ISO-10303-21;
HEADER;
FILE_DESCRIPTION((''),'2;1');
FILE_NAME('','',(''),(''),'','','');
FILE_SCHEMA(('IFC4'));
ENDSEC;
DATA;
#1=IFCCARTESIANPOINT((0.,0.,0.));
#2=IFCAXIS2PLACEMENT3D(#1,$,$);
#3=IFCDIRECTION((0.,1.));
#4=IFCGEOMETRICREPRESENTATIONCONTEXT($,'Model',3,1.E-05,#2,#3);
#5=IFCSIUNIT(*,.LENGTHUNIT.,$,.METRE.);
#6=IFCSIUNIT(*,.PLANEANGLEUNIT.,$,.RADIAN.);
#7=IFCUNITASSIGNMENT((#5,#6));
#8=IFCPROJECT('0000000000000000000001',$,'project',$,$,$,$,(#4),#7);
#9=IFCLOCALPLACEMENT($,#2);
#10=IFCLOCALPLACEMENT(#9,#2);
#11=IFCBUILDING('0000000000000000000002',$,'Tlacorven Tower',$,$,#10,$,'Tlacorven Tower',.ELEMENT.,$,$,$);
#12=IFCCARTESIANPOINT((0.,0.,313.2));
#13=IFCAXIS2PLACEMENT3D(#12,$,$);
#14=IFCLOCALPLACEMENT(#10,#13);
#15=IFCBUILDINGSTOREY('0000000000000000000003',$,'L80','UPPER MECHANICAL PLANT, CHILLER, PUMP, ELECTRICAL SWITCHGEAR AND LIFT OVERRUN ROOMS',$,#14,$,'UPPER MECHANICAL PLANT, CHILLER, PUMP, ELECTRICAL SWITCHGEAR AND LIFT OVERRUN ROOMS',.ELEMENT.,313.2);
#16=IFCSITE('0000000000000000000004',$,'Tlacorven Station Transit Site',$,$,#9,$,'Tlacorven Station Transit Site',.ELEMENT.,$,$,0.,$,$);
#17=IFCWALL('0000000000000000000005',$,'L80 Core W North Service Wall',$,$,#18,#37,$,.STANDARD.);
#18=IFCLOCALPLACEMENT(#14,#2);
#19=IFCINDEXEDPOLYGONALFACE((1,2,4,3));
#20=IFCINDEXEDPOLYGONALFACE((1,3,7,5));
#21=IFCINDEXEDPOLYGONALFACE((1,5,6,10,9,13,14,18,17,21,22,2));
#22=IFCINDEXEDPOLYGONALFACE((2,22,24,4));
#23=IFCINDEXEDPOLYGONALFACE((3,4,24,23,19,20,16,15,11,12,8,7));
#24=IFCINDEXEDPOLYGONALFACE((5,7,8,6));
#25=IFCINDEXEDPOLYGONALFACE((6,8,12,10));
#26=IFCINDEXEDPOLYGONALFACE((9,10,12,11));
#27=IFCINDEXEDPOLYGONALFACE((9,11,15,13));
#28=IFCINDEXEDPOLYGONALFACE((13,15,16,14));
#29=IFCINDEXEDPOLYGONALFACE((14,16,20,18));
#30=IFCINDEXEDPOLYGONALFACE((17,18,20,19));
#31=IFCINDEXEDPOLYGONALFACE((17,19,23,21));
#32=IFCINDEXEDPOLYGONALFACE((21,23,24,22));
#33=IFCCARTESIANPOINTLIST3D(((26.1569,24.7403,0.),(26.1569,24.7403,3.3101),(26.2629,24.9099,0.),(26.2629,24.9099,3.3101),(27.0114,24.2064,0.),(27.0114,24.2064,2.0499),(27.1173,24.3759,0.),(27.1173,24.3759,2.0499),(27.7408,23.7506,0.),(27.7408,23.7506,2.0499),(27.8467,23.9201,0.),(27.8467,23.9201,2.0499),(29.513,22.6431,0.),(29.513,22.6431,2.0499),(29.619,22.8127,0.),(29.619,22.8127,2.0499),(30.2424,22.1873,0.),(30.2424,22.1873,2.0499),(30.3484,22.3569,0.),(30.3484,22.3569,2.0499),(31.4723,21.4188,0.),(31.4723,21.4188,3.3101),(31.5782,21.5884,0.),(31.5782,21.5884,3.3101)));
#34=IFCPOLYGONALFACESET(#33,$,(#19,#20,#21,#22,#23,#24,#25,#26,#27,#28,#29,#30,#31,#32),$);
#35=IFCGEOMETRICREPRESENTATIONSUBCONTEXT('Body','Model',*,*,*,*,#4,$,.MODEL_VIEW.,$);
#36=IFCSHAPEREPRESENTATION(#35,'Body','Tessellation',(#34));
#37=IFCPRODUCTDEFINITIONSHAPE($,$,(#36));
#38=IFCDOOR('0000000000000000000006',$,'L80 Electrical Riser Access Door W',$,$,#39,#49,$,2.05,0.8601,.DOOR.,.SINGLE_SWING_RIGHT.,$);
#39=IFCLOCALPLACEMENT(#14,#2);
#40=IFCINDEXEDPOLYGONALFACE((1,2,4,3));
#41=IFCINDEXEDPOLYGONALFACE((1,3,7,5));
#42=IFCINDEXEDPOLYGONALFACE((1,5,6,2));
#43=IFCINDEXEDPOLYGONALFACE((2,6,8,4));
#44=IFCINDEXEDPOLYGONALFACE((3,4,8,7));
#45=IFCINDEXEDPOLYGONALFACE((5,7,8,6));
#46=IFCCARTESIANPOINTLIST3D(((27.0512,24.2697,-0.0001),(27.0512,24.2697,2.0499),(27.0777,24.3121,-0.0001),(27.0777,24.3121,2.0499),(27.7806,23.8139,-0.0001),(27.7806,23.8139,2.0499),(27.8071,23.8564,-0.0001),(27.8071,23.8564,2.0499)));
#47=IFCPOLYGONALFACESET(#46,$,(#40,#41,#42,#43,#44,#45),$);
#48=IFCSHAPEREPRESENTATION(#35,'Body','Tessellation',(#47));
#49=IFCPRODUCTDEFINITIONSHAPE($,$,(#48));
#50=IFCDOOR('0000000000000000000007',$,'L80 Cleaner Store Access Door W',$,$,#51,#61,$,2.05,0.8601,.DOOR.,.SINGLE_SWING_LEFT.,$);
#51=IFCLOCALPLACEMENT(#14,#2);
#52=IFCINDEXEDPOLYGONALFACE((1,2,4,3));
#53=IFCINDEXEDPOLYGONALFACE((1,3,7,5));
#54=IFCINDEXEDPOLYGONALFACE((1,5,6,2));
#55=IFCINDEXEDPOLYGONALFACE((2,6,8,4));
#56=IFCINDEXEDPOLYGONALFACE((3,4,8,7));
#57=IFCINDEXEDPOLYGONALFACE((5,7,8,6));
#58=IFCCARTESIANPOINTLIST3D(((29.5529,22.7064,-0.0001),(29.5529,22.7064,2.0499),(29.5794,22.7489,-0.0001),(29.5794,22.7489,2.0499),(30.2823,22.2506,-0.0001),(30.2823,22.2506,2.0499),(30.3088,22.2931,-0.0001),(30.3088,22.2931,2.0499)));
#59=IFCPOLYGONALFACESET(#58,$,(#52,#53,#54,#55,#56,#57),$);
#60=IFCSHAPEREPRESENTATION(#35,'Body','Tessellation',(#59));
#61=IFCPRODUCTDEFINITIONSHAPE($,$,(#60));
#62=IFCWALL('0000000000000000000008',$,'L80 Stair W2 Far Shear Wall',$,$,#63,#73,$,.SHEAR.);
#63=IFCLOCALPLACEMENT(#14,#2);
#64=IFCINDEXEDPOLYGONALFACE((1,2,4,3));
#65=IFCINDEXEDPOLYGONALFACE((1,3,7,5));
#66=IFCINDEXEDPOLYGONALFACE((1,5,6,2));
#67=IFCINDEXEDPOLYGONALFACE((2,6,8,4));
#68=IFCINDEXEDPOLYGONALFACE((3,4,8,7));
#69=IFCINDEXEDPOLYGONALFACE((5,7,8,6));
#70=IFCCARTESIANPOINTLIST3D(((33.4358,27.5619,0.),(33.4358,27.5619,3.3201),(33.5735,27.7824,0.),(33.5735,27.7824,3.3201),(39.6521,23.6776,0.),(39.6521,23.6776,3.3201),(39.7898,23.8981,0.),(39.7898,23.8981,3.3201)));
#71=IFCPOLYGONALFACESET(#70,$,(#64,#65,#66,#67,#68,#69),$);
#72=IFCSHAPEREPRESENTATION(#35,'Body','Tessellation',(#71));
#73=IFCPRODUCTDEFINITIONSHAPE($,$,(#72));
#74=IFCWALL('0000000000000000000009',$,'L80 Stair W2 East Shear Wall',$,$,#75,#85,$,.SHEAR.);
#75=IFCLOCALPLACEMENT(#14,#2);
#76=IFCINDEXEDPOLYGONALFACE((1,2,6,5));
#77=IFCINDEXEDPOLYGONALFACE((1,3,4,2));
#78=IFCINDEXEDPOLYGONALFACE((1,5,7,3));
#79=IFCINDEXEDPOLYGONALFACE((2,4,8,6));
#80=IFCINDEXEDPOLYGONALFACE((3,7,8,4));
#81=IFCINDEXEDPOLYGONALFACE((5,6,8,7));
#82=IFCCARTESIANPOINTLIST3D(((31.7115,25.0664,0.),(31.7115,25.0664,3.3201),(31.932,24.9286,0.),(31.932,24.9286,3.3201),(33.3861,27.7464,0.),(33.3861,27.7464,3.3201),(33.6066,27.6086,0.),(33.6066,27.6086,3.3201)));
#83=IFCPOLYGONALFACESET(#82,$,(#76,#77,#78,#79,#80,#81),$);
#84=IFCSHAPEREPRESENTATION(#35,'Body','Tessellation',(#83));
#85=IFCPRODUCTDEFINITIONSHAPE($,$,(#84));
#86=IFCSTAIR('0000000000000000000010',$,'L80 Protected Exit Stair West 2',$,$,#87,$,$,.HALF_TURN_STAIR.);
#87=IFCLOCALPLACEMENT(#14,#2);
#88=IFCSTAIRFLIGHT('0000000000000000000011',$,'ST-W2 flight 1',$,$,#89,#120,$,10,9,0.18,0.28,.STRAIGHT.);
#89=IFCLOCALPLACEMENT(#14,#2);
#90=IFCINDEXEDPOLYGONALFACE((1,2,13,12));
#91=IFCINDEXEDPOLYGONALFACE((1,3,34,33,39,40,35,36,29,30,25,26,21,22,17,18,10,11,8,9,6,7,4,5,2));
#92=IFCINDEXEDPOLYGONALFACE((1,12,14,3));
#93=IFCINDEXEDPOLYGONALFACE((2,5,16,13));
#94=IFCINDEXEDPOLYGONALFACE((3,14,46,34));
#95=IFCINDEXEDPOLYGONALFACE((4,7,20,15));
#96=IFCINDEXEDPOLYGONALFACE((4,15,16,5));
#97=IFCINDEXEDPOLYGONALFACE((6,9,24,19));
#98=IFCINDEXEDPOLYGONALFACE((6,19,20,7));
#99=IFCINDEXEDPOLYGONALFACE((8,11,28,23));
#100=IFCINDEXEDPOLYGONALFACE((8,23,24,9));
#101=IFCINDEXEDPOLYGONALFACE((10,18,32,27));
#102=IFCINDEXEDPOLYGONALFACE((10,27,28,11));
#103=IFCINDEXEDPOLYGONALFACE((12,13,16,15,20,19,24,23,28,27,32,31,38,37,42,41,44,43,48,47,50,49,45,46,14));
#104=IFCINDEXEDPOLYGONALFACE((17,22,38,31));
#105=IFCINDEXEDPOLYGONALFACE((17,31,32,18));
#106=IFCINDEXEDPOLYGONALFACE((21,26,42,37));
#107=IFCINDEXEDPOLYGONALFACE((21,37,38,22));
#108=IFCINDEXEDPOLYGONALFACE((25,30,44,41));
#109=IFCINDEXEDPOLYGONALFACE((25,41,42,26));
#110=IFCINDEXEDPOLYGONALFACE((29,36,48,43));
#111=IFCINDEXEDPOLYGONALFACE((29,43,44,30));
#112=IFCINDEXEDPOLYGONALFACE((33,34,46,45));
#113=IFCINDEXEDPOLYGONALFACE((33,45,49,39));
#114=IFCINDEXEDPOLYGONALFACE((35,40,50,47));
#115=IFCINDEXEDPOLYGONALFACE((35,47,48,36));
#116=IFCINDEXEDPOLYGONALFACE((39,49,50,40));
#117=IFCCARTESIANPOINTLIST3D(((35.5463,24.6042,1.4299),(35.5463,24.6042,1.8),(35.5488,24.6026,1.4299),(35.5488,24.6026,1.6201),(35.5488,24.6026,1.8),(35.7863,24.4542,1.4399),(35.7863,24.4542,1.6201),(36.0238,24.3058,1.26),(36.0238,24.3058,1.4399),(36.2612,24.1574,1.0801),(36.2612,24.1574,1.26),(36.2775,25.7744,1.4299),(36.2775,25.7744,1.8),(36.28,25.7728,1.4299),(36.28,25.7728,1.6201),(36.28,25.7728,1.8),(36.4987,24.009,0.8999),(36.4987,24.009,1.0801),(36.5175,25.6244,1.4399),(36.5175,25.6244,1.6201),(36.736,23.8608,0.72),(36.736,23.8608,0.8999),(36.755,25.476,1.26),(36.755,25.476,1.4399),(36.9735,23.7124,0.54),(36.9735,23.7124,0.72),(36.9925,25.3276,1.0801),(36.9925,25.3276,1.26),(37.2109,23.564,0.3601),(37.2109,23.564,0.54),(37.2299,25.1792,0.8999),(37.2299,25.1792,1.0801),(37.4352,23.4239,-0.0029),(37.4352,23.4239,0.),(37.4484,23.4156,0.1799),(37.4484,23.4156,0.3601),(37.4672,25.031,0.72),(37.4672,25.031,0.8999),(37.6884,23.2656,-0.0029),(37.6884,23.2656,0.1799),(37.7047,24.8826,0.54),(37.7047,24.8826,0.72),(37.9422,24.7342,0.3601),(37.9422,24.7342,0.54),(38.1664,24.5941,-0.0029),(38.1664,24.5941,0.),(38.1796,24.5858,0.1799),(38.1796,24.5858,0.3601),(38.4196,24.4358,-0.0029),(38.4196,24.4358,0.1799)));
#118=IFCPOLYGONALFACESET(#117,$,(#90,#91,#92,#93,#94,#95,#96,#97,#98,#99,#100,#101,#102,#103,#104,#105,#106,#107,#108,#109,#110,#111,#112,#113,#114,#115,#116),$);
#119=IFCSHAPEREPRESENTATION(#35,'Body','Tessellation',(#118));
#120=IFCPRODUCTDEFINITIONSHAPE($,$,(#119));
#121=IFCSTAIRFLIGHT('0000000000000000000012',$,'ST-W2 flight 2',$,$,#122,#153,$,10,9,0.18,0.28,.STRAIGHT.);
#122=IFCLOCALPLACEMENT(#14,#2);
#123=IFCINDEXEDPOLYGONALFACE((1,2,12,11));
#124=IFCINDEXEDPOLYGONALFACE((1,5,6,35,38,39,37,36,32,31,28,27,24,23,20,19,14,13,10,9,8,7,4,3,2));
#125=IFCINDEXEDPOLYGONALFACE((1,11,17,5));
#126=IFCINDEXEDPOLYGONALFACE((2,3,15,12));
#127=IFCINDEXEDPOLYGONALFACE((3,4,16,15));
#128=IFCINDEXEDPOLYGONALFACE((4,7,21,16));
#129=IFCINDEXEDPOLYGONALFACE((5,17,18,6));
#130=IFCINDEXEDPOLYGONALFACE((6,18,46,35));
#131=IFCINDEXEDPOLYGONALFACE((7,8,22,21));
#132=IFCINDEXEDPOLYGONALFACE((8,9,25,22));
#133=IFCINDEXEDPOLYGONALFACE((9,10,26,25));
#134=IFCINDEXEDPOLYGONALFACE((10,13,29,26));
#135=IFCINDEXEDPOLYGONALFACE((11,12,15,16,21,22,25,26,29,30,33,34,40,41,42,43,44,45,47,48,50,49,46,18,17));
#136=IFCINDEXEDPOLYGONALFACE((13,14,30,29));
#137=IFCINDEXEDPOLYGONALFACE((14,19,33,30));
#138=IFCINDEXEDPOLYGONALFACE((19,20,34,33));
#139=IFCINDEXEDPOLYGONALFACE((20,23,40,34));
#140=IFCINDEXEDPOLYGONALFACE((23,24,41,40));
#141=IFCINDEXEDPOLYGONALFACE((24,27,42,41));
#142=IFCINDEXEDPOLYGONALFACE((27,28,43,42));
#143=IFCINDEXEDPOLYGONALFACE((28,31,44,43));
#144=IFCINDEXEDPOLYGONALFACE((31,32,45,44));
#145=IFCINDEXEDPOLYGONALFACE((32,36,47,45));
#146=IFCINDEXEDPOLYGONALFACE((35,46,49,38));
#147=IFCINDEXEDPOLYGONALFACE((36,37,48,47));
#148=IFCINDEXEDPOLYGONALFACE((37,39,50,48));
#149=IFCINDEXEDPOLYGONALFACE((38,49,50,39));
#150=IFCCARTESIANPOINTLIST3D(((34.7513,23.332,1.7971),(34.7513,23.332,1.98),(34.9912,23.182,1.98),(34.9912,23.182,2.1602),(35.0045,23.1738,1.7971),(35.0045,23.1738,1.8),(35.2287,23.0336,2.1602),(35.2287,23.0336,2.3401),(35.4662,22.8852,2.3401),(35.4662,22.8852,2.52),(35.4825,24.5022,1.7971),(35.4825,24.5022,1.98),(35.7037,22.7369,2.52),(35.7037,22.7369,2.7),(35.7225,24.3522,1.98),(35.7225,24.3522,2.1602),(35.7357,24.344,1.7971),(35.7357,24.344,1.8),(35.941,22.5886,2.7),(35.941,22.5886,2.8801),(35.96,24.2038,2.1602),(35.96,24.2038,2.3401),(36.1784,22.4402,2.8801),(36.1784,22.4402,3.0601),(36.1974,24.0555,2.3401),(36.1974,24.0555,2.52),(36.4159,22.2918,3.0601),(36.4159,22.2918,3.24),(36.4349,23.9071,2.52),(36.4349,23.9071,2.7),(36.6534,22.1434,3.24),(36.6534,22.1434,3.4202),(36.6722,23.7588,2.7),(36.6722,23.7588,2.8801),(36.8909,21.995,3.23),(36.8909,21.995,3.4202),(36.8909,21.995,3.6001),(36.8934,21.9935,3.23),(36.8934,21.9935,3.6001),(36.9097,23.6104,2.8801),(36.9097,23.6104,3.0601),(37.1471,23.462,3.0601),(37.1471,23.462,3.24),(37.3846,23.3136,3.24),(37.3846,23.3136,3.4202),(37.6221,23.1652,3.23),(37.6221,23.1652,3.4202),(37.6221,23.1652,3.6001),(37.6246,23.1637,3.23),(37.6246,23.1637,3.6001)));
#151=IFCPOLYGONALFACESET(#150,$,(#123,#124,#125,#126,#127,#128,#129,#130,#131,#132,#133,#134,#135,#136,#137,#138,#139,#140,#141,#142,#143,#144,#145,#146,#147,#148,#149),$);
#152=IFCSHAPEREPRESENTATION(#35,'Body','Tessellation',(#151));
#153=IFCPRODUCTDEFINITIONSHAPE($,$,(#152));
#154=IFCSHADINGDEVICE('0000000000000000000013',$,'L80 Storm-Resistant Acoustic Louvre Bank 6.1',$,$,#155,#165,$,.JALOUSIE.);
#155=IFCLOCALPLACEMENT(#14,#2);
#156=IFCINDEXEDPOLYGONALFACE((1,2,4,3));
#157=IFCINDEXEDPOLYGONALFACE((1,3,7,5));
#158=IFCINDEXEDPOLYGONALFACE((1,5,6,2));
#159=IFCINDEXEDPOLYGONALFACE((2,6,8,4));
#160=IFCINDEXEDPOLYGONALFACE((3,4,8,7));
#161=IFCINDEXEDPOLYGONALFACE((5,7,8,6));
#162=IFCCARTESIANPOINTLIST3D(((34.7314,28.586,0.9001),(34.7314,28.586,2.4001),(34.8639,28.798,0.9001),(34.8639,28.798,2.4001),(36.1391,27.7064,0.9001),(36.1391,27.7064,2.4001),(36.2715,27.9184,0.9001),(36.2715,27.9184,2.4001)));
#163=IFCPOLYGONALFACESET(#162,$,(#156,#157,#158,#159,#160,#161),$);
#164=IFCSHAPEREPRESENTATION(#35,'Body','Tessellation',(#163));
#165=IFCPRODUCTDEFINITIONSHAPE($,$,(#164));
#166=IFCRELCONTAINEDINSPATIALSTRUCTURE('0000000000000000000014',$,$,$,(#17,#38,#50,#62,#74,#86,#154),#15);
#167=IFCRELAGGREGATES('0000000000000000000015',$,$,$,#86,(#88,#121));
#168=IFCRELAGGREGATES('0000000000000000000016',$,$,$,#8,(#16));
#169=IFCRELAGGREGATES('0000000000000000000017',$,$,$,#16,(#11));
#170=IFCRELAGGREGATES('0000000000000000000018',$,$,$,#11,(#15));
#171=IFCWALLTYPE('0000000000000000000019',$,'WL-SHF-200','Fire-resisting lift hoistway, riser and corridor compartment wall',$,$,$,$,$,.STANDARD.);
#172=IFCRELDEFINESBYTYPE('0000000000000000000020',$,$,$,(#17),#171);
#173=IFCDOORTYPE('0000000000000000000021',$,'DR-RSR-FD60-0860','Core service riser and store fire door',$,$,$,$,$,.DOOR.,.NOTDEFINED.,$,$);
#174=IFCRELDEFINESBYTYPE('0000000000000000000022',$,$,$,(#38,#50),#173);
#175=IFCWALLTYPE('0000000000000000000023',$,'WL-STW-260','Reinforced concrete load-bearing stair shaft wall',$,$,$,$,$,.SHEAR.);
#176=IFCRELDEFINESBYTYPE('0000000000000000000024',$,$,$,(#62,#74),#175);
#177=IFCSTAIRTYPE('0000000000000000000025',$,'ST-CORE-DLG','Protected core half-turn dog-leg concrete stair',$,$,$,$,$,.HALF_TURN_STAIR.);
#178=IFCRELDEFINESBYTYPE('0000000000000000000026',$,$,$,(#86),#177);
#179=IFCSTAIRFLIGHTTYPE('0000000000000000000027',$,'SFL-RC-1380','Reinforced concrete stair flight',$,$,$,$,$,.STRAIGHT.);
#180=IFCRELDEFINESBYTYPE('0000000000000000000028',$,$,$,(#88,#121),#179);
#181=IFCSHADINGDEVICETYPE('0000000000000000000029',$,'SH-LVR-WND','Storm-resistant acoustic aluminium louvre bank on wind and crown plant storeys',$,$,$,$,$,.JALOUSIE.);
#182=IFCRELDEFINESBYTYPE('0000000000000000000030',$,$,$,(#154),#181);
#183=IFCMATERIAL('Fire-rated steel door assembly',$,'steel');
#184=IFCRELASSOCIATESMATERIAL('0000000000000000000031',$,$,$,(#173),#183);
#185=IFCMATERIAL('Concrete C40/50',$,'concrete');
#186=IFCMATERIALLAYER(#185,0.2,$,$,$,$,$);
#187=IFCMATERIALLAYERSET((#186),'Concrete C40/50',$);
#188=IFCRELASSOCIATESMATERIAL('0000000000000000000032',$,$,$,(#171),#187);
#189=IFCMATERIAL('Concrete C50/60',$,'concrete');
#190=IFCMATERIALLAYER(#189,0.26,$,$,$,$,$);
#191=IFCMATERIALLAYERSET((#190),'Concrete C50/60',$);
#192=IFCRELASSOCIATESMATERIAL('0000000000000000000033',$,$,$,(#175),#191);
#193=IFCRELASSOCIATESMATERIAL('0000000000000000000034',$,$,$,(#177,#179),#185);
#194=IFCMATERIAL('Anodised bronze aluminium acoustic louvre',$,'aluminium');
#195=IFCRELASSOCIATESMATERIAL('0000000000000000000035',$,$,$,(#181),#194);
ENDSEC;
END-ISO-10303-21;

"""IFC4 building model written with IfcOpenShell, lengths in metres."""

from ifc_helpers import new_model, si_unit, direction, frame, frame_2d, origin, origin_2d, place, context, subcontext, project, spatial, polyline, rectangle, outline, extrude, source, transform, mapped, material, layer, layer_set, type_object, element, fill, aggregate, save


model = new_model("IFC4")

# Units and contexts
model_context = context("Model", 3, precision=1e-05, world=origin(), true_north=direction((0.0, 1.0)))
body_context = subcontext(model_context, "Body", "Model", "MODEL_VIEW")
ifc_project = project(units=[si_unit("LENGTHUNIT", "METRE"), si_unit("PLANEANGLEUNIT", "RADIAN")], contexts=[model_context])

# Site, building, storey
site_placement = place(None, origin())
site = spatial("IfcSite", under=ifc_project, at=site_placement, Name="Tlacorven Station Transit Site", LongName="Tlacorven Station Transit Site", CompositionType="ELEMENT", RefElevation=0.0)
building_placement = place(site_placement, origin())
building = spatial("IfcBuilding", under=site, at=building_placement, Name="Tlacorven Tower", LongName="Tlacorven Tower", CompositionType="ELEMENT")
storey_placement = place(building_placement, frame((0.0, 0.0, 313.2)))
storey = spatial("IfcBuildingStorey", under=building, at=storey_placement, Name="L80", Description="UPPER MECHANICAL PLANT, CHILLER, PUMP, ELECTRICAL SWITCHGEAR AND LIFT OVERRUN ROOMS", LongName="UPPER MECHANICAL PLANT, CHILLER, PUMP, ELECTRICAL SWITCHGEAR AND LIFT OVERRUN ROOMS", CompositionType="ELEMENT", Elevation=313.2)

# Shared definitions
ifc_material_1 = material(Name="Concrete C50/60", Category="concrete")

# Shared definitions
ifc_material_2 = material(Name="Fire-rated steel door assembly", Category="steel")
door_type = type_object("IfcDoorType", Name="DR-RSR-FD60-0860", Description="Core service riser and store fire door", OperationType="NOTDEFINED", PredefinedType="DOOR", material=ifc_material_2)
shared_shape_1 = source(origin(), body_context, "Body", "SweptSolid", [
    extrude(rectangle(XDim=0.8601, YDim=2.05, at=frame_2d((0.4302, 1.0249))), frame((0.0, 0.0249, 0.0), z_axis=(0.0, -1.0, 0.0), x_axis=(1.0, 0.0, 0.0)), (0.0, 0.0, 1.0), 0.05),
])

# Shared definitions
ifc_material_3 = material(Name="Concrete C40/50", Category="concrete")
ifc_layer_1 = layer(ifc_material_3, 0.2)
ifc_layer_set_1 = layer_set([ifc_layer_1], Name="Concrete C40/50")
wall_type_1 = type_object("IfcWallType", Name="WL-SHF-200", Description="Fire-resisting lift hoistway, riser and corridor compartment wall", PredefinedType="STANDARD", material=ifc_layer_set_1)

# Wall, openings, doors
wall_1_placement = place(storey_placement, frame((31.5251, 21.5037, 0.0), z_axis=(0.0, 0.0, 1.0), x_axis=(-0.848042, 0.529929, 0.0)))
wall_1 = element("IfcWall", 1, at=wall_1_placement, inside=storey, type_object=wall_type_1, Name="L80 Core W North Service Wall", PredefinedType="STANDARD", context=body_context, shape_type="SweptSolid", body=[
    extrude(rectangle(XDim=6.2678, YDim=0.2, at=frame_2d((3.1338, 0.0))), origin(), (0.0, 0.0, 1.0), 3.3101),
])
opening_1_placement = place(wall_1_placement, frame((4.3999, 0.0, 0.0)))
opening_1 = element("IfcOpeningElement", 2, at=opening_1_placement, cuts=wall_1, PredefinedType="OPENING", context=body_context, shape_type="SweptSolid", body=[
    extrude(rectangle(XDim=0.8601, YDim=2.05, at=frame_2d((0.4302, 1.0249))), frame((0.0, 0.1099, 0.0), z_axis=(0.0, -1.0, 0.0), x_axis=(1.0, 0.0, 0.0)), (0.0, 0.0, 1.0), 0.22),
])
opening_2_placement = place(wall_1_placement, frame((1.45, 0.0, 0.0)))
opening_2 = element("IfcOpeningElement", 3, at=opening_2_placement, cuts=wall_1, PredefinedType="OPENING", context=body_context, shape_type="SweptSolid", body=[
    extrude(rectangle(XDim=0.8601, YDim=2.05, at=frame_2d((0.4302, 1.0249))), frame((0.0, 0.1099, 0.0), z_axis=(0.0, -1.0, 0.0), x_axis=(1.0, 0.0, 0.0)), (0.0, 0.0, 1.0), 0.22),
])
door_1_placement = place(opening_1_placement, frame((0.8601, 0.0, 0.0), z_axis=(0.0, 0.0, 1.0), x_axis=(-1.0, 0.0, 0.0)))
door_1 = element("IfcDoor", 4, at=door_1_placement, inside=storey, type_object=door_type, Name="L80 Electrical Riser Access Door W", OperationType="SINGLE_SWING_RIGHT", OverallHeight=2.05, OverallWidth=0.8601, PredefinedType="DOOR", context=body_context, shape_type="MappedRepresentation", body=[
    mapped(shared_shape_1, transform((0.0, 0.0, 0.0), scale=1.0)),
])
fill(opening_1, door_1)
door_2_placement = place(opening_2_placement, frame((0.8601, 0.0, 0.0), z_axis=(0.0, 0.0, 1.0), x_axis=(-1.0, 0.0, 0.0)))
door_2 = element("IfcDoor", 5, at=door_2_placement, inside=storey, type_object=door_type, Name="L80 Cleaner Store Access Door W", OperationType="SINGLE_SWING_LEFT", OverallHeight=2.05, OverallWidth=0.8601, PredefinedType="DOOR", context=body_context, shape_type="MappedRepresentation", body=[
    mapped(shared_shape_1, transform((0.0, 0.0, 0.0), scale=1.0)),
])
fill(opening_2, door_2)

# Walls
ifc_layer_2 = layer(ifc_material_1, 0.26)
ifc_layer_set_2 = layer_set([ifc_layer_2], Name="Concrete C50/60")
wall_type_2 = type_object("IfcWallType", Name="WL-STW-260", Description="Reinforced concrete load-bearing stair shaft wall", PredefinedType="SHEAR", material=ifc_layer_set_2)
wall_2_placement = place(storey_placement, frame((39.7209, 23.7878, 0.0), z_axis=(0.0, 0.0, 1.0), x_axis=(-0.848054, 0.529909, 0.0)))
element("IfcWall", 6, at=wall_2_placement, inside=storey, type_object=wall_type_2, Name="L80 Stair W2 Far Shear Wall", PredefinedType="SHEAR", context=body_context, shape_type="SweptSolid", body=[
    extrude(rectangle(XDim=7.3301, YDim=0.26, at=frame_2d((3.665, 0.0))), origin(), (0.0, 0.0, 1.0), 3.3201),
])
wall_3_placement = place(storey_placement, frame((33.4963, 27.6775, 0.0), z_axis=(0.0, 0.0, 1.0), x_axis=(-0.529909, -0.848055, 0.0)))
element("IfcWall", 7, at=wall_3_placement, inside=storey, type_object=wall_type_2, Name="L80 Stair W2 East Shear Wall", PredefinedType="SHEAR", context=body_context, shape_type="SweptSolid", body=[
    extrude(rectangle(XDim=3.1602, YDim=0.26, at=frame_2d((1.5801, 0.0))), origin(), (0.0, 0.0, 1.0), 3.3201),
])

# Stair, stair flights
stair_type = type_object("IfcStairType", Name="ST-CORE-DLG", Description="Protected core half-turn dog-leg concrete stair", PredefinedType="HALF_TURN_STAIR", material=ifc_material_3)
stair_placement = place(storey_placement, origin())
stair = element("IfcStair", 8, at=stair_placement, inside=storey, type_object=stair_type, Name="L80 Protected Exit Stair West 2", PredefinedType="HALF_TURN_STAIR")
stair_flight_type = type_object("IfcStairFlightType", Name="SFL-RC-1380", Description="Reinforced concrete stair flight", PredefinedType="STRAIGHT", material=ifc_material_3)
shared_shape_2 = source(origin(), body_context, "Body", "SweptSolid", [
    extrude(outline(polyline([(-0.0029, -0.0029), (-0.0029, 0.1799), (0.28, 0.1799), (0.28, 0.3601), (0.5601, 0.3601), (0.5601, 0.54), (0.8401, 0.54), (0.8401, 0.72), (1.1201, 0.72), (1.1201, 0.8999), (1.3999, 0.8999), (1.3999, 1.0801), (1.6799, 1.0801), (1.6799, 1.26), (1.96, 1.26), (1.96, 1.4399), (2.24, 1.4399), (2.24, 1.6201), (2.52, 1.6201), (2.52, 1.8), (2.5229, 1.8), (2.5229, 1.4299), (2.52, 1.4299), (0.2957, 0.0), (0.2957, -0.0029), (-0.0029, -0.0029)])), frame((0.0, 0.6899, 0.0), z_axis=(0.0, -1.0, 0.0), x_axis=(1.0, 0.0, 0.0)), (0.0, 0.0, 1.0), 1.3799),
])
stair_flight_1_placement = place(storey_placement, frame((38.0515, 23.8523, 0.0), z_axis=(0.0, 0.0, 1.0), x_axis=(-0.848048, 0.529919, 0.0)))
stair_flight_1 = element("IfcStairFlight", 9, at=stair_flight_1_placement, type_object=stair_flight_type, Name="ST-W2 flight 1", NumberOfRisers=10, NumberOfTreads=9, PredefinedType="STRAIGHT", RiserHeight=0.18, TreadLength=0.28, context=body_context, shape_type="MappedRepresentation", body=[
    mapped(shared_shape_2, transform((0.0, 0.0, 0.0), scale=1.0)),
])
stair_flight_2_placement = place(storey_placement, frame((35.1194, 23.9155, 1.8), z_axis=(0.0, 0.0, 1.0), x_axis=(0.848048, -0.529919, 0.0)))
stair_flight_2 = element("IfcStairFlight", 10, at=stair_flight_2_placement, type_object=stair_flight_type, Name="ST-W2 flight 2", NumberOfRisers=10, NumberOfTreads=9, PredefinedType="STRAIGHT", RiserHeight=0.18, TreadLength=0.28, context=body_context, shape_type="MappedRepresentation", body=[
    mapped(shared_shape_2, transform((0.0, 0.0, 0.0), scale=1.0)),
])
aggregate(stair, [stair_flight_1, stair_flight_2])

# Shading device
ifc_material_4 = material(Name="Anodised bronze aluminium acoustic louvre", Category="aluminium")
shading_device_type = type_object("IfcShadingDeviceType", Name="SH-LVR-WND", Description="Storm-resistant acoustic aluminium louvre bank on wind and crown plant storeys", PredefinedType="JALOUSIE", material=ifc_material_4)
shared_shape_3 = source(origin(), body_context, "Body", "SweptSolid", [
    extrude(rectangle(XDim=1.6599, YDim=0.25, at=origin_2d()), origin(), (0.0, 0.0, 1.0), 1.5),
])
shading_device_placement = place(storey_placement, frame((35.5015, 28.2522, 0.9001), z_axis=(0.0, 0.0, 1.0), x_axis=(0.848048, -0.529919, 0.0)))
element("IfcShadingDevice", 11, at=shading_device_placement, inside=storey, type_object=shading_device_type, Name="L80 Storm-Resistant Acoustic Louvre Bank 6.1", PredefinedType="JALOUSIE", context=body_context, shape_type="MappedRepresentation", body=[
    mapped(shared_shape_3, transform((0.0, 0.0, 0.0), scale=1.0)),
])

save(model, "model.ifc")
